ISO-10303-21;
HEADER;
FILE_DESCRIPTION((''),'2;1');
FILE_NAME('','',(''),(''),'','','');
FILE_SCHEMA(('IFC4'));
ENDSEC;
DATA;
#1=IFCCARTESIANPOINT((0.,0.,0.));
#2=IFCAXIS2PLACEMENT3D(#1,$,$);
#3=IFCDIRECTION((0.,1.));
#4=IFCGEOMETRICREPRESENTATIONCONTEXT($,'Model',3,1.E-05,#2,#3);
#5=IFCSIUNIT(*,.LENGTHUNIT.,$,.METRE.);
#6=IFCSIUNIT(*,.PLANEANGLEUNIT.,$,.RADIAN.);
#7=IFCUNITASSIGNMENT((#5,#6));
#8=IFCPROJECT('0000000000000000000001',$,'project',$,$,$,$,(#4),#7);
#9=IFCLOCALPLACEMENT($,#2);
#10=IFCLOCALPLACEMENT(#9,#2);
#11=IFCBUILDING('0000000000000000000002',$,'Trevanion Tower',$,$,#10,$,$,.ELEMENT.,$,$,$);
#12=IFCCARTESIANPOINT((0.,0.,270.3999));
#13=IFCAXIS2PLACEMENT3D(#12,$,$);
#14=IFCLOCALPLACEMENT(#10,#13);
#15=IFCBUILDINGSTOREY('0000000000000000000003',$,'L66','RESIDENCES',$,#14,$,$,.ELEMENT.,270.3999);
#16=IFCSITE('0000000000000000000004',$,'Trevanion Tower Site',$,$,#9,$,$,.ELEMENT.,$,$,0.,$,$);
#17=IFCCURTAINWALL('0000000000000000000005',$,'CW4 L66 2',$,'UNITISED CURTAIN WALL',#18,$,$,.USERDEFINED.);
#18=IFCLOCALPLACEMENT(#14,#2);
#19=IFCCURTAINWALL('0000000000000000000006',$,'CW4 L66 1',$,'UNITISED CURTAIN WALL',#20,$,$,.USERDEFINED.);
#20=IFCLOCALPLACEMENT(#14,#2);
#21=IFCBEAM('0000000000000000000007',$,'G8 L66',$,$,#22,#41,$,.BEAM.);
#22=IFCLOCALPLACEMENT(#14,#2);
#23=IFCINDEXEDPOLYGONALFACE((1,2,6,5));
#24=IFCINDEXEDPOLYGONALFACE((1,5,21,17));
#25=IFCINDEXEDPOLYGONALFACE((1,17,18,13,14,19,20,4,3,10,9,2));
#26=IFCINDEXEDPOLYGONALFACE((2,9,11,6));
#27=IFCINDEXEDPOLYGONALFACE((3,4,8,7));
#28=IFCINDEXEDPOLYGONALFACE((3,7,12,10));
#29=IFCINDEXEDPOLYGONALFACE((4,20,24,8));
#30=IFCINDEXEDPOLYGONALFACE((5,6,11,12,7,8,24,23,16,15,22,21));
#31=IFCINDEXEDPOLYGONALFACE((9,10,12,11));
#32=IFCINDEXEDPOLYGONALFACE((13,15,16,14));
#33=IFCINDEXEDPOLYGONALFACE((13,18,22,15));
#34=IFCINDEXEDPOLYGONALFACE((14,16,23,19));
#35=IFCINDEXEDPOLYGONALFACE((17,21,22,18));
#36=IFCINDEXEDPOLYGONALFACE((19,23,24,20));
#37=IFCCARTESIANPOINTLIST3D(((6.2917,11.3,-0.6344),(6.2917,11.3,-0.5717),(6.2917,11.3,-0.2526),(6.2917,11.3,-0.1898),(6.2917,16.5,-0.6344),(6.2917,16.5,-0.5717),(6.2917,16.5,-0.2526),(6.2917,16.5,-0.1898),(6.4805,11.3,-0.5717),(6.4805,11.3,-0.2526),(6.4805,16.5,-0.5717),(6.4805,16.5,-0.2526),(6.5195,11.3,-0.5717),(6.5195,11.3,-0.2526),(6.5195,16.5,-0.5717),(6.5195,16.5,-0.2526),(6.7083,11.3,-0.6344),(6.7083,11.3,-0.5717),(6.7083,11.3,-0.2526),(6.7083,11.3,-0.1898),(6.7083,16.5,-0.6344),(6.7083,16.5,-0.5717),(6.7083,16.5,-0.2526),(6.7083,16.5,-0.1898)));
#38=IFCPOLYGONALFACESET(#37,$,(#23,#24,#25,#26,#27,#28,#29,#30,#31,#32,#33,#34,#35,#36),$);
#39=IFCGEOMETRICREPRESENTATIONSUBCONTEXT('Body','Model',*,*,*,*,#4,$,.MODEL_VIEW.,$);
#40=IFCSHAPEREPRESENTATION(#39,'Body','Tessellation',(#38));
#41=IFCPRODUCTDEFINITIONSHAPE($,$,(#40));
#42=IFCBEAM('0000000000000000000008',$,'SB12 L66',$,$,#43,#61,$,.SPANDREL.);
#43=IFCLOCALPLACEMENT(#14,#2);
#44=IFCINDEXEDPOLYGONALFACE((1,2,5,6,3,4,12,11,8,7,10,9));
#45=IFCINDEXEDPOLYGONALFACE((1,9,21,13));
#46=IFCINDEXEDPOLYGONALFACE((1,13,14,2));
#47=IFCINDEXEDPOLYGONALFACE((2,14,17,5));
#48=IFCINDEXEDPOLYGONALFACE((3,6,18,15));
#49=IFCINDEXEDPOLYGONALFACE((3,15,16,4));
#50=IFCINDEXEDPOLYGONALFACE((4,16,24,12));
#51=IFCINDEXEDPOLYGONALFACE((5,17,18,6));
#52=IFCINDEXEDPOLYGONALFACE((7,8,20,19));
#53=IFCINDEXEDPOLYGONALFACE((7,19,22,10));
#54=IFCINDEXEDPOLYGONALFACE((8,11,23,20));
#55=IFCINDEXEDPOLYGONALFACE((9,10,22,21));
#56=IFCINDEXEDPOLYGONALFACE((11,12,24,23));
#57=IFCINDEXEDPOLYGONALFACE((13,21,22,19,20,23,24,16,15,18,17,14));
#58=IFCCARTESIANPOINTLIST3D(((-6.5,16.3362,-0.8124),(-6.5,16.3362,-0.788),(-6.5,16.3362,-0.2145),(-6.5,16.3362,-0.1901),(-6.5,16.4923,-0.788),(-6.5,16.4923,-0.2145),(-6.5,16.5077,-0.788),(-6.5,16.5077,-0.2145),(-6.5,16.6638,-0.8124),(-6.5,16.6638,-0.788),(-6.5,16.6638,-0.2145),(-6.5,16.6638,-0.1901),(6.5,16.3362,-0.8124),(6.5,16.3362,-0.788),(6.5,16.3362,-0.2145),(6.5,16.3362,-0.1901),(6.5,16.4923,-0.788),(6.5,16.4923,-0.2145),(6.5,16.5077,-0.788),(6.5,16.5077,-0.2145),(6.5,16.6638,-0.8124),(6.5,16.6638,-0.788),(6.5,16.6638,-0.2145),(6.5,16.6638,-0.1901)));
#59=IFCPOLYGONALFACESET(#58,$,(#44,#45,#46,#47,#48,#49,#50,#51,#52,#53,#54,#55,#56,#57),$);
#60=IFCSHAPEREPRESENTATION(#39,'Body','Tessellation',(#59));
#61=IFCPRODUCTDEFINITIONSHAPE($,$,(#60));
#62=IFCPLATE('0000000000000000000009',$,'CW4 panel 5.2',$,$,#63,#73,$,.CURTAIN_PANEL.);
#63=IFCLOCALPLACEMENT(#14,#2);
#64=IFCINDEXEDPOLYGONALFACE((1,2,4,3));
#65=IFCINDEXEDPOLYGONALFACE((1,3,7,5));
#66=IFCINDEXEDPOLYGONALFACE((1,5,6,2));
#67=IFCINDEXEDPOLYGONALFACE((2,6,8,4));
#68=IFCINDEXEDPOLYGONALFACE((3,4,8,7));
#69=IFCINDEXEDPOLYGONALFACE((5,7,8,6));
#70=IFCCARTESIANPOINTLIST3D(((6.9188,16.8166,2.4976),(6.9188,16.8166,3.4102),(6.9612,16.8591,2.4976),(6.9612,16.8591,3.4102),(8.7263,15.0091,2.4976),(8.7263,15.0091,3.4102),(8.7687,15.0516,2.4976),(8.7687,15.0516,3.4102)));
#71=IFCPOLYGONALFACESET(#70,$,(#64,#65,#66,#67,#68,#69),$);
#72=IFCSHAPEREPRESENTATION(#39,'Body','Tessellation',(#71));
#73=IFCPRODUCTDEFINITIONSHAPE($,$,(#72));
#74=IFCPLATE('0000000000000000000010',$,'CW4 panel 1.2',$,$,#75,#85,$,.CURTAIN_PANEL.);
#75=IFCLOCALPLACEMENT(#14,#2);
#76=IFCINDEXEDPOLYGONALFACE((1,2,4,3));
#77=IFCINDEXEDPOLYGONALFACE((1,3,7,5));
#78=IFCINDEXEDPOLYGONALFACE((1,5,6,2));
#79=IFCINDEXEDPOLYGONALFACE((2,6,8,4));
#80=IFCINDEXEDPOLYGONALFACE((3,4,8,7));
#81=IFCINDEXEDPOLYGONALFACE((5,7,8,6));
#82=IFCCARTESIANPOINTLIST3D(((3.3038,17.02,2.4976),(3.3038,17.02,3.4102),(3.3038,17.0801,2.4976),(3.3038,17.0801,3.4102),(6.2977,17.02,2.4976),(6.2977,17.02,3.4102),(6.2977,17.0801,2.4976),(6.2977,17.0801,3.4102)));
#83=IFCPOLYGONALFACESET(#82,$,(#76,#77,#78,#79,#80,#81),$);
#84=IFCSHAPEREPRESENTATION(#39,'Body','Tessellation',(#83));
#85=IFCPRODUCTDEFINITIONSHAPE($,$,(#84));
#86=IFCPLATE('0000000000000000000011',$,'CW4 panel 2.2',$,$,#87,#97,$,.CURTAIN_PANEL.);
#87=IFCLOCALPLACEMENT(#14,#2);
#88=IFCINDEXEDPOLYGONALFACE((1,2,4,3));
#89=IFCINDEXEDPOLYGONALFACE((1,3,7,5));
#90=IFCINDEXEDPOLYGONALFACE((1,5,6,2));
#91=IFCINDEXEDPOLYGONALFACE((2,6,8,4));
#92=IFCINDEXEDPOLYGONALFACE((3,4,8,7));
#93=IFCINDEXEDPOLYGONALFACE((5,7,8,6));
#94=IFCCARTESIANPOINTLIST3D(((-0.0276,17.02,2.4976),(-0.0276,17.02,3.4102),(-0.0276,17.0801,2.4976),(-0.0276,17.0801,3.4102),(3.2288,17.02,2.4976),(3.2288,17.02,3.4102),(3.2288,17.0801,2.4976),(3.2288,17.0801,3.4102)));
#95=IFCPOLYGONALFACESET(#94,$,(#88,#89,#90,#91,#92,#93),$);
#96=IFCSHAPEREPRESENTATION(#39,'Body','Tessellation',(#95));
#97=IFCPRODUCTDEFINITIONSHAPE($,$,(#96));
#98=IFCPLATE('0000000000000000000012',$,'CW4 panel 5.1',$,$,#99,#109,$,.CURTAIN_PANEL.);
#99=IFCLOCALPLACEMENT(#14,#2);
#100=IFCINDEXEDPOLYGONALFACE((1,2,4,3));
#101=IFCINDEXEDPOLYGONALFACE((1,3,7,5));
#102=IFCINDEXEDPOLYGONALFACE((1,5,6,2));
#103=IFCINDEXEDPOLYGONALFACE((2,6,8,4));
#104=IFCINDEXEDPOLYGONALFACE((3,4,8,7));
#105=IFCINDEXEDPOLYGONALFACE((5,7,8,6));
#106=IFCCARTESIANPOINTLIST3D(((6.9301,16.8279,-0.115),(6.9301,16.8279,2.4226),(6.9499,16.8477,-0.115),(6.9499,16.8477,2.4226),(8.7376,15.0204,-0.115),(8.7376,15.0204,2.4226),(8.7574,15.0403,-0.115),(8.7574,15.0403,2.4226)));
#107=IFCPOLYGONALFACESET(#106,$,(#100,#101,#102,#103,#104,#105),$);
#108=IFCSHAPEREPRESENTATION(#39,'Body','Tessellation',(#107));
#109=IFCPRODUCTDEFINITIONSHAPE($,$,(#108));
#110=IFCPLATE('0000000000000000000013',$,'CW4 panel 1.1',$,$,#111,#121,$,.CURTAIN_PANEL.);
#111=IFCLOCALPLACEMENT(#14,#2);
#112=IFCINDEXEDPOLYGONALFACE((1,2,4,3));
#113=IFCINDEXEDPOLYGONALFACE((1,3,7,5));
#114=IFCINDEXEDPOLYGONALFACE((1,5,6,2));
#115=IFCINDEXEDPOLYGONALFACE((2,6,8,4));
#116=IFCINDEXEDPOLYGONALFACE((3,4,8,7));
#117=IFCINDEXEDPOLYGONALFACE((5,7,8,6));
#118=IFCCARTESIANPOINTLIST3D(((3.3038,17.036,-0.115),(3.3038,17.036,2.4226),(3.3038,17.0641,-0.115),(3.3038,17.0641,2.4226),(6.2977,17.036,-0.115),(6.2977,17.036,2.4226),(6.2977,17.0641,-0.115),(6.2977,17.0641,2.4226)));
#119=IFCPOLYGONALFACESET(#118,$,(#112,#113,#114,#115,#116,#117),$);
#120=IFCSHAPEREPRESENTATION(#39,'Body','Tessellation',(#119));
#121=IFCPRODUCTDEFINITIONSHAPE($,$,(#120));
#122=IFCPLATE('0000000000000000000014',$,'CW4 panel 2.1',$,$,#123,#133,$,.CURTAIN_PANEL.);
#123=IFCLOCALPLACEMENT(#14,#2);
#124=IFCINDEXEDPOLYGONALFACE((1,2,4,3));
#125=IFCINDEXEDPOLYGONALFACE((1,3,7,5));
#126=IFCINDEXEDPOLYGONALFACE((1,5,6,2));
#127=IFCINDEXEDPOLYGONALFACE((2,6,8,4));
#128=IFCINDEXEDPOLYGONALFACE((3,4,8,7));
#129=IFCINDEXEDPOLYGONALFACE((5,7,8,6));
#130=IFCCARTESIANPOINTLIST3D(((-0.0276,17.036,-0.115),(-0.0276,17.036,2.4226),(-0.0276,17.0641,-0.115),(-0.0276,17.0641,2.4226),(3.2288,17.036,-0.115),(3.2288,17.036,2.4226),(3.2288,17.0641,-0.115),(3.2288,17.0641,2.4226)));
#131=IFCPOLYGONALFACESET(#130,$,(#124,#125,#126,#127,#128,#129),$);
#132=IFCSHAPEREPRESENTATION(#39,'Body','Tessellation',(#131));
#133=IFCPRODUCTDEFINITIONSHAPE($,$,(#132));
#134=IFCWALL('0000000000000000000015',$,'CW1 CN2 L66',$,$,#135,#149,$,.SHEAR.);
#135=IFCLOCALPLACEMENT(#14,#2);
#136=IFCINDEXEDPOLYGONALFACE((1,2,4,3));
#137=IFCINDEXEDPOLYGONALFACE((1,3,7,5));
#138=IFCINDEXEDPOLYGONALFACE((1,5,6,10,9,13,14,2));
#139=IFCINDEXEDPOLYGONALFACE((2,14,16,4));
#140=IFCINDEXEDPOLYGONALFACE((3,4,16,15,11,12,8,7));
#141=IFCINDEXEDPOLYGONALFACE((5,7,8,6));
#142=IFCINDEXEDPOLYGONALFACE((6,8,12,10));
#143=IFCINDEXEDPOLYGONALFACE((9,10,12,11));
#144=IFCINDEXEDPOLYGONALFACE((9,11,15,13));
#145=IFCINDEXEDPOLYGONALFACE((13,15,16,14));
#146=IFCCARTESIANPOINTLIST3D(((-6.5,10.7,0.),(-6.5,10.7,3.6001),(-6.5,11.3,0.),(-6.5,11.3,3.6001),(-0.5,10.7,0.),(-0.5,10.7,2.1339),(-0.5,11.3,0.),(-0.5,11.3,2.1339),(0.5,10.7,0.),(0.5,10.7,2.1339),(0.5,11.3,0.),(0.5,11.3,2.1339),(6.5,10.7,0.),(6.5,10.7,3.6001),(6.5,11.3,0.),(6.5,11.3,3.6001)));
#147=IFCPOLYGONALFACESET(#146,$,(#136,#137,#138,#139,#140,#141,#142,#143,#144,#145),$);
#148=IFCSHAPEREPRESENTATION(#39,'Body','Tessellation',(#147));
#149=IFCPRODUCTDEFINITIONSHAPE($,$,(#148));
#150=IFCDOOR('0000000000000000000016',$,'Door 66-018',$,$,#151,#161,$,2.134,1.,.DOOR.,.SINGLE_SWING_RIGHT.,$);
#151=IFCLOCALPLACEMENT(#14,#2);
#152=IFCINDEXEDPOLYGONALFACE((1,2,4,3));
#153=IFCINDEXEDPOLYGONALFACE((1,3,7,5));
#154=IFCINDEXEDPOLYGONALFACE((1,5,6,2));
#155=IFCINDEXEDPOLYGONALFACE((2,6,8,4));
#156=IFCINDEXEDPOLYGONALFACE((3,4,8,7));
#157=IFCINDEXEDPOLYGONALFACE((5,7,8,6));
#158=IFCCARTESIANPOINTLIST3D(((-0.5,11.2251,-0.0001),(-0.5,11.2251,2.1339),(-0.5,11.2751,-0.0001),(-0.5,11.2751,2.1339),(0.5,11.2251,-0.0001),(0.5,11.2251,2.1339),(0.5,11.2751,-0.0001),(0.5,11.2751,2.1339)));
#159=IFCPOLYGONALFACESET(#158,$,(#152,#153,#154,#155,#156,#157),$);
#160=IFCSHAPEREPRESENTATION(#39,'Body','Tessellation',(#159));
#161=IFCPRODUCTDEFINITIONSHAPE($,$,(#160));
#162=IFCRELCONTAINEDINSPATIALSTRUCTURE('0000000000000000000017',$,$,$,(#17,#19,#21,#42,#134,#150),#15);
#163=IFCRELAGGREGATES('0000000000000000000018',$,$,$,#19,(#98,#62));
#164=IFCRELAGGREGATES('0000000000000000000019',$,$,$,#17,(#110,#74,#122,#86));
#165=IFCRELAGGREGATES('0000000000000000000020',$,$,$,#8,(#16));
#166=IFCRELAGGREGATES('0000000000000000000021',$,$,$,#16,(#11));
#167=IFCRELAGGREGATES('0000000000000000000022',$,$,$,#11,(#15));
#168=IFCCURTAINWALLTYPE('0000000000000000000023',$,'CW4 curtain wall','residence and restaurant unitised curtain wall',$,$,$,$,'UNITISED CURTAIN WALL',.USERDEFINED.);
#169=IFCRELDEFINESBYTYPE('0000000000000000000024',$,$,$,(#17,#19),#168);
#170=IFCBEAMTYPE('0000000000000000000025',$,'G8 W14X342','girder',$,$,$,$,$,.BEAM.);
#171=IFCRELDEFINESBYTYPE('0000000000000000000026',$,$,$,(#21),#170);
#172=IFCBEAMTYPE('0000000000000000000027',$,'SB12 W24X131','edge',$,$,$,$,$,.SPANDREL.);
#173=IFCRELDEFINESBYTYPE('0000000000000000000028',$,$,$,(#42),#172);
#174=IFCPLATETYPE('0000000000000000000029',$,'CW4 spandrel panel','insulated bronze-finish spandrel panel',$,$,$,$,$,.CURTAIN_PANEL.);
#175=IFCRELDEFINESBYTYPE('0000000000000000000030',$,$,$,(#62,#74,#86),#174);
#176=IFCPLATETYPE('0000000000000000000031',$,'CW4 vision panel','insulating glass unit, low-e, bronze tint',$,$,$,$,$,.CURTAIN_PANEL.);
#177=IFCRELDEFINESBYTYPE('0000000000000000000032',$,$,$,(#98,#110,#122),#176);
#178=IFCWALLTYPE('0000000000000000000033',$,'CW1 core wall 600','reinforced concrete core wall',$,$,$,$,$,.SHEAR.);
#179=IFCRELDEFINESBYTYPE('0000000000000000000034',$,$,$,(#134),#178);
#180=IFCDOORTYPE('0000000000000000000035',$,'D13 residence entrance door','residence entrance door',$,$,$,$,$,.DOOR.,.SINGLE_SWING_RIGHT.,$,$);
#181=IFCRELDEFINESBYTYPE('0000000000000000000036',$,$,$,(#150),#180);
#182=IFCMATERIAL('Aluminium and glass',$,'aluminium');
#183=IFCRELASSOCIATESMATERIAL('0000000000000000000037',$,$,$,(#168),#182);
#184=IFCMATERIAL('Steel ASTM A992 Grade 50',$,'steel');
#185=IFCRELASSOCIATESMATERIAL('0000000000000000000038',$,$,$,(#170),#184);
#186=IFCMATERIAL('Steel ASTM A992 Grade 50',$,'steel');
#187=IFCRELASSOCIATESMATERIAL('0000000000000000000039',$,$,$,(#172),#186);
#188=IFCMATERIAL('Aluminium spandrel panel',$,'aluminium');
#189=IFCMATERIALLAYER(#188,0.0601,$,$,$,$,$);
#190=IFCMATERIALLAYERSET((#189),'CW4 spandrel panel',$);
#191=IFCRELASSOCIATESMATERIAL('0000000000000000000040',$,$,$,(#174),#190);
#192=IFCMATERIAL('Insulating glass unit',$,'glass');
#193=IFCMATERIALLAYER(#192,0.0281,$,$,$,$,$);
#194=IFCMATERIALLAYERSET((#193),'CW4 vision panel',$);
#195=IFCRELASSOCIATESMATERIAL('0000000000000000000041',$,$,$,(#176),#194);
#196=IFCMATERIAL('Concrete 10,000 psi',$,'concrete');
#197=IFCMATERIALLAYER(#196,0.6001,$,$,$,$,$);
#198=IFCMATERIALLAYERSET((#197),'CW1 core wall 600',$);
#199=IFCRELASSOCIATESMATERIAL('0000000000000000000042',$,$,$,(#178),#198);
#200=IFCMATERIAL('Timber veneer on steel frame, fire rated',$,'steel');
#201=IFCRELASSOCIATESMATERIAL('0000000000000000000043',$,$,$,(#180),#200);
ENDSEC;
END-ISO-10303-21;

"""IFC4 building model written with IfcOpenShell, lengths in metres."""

from ifc_helpers import new_model, si_unit, direction, frame, frame_2d, origin, origin_2d, place, context, subcontext, project, spatial, rectangle, i_section, extrude, material, layer, layer_set, material_profile, profile_set, type_object, element, fill, aggregate, save


model = new_model("IFC4")

# Units and contexts
model_context = context("Model", 3, precision=1e-05, world=origin(), true_north=direction((0.0, 1.0)))
body_context = subcontext(model_context, "Body", "Model", "MODEL_VIEW")
ifc_project = project(units=[si_unit("LENGTHUNIT", "METRE"), si_unit("PLANEANGLEUNIT", "RADIAN")], contexts=[model_context])

# Site, building, storey
site_placement = place(None, origin())
site = spatial("IfcSite", under=ifc_project, at=site_placement, Name="Trevanion Tower Site", CompositionType="ELEMENT", RefElevation=0.0)
building_placement = place(site_placement, origin())
building = spatial("IfcBuilding", under=site, at=building_placement, Name="Trevanion Tower", CompositionType="ELEMENT")
storey_placement = place(building_placement, frame((0.0, 0.0, 270.3999)))
storey = spatial("IfcBuildingStorey", under=building, at=storey_placement, Name="L66", Description="RESIDENCES", CompositionType="ELEMENT", Elevation=270.3999)

# Curtain walls
ifc_material_1 = material(Name="Aluminium and glass", Category="aluminium")
curtain_wall_type = type_object("IfcCurtainWallType", Name="CW4 curtain wall", Description="residence and restaurant unitised curtain wall", ElementType="UNITISED CURTAIN WALL", PredefinedType="USERDEFINED", material=ifc_material_1)
curtain_wall_1_placement = place(storey_placement, origin())
curtain_wall_1 = element("IfcCurtainWall", 1, at=curtain_wall_1_placement, inside=storey, type_object=curtain_wall_type, Name="CW4 L66 2", ObjectType="UNITISED CURTAIN WALL", PredefinedType="USERDEFINED")
curtain_wall_2_placement = place(storey_placement, origin())
curtain_wall_2 = element("IfcCurtainWall", 2, at=curtain_wall_2_placement, inside=storey, type_object=curtain_wall_type, Name="CW4 L66 1", ObjectType="UNITISED CURTAIN WALL", PredefinedType="USERDEFINED")

# Beams
ifc_material_2 = material(Name="Steel ASTM A992 Grade 50", Category="steel")
ifc_material_profile_1 = material_profile(ifc_material_2, i_section(OverallWidth=0.4165, OverallDepth=0.4446, WebThickness=0.0391, FlangeThickness=0.0627, at=origin_2d()), Name="W14X342")
ifc_profile_set_1 = profile_set([ifc_material_profile_1], Name="Steel ASTM A992 Grade 50")
beam_type_1 = type_object("IfcBeamType", Name="G8 W14X342", Description="girder", PredefinedType="BEAM", material=ifc_profile_set_1)
beam_1_placement = place(storey_placement, frame((6.5, 11.3, -0.4121), z_axis=(0.0, 1.0, 0.0), x_axis=(-1.0, 0.0, 0.0)))
element("IfcBeam", 3, at=beam_1_placement, inside=storey, type_object=beam_type_1, Name="G8 L66", PredefinedType="BEAM", context=body_context, shape_type="SweptSolid", body=[
    extrude(i_section(OverallWidth=0.4165, OverallDepth=0.4446, WebThickness=0.0391, FlangeThickness=0.0627, at=origin_2d()), origin(), (0.0, 0.0, 1.0), 5.2),
])
ifc_material_3 = material(Name="Steel ASTM A992 Grade 50", Category="steel")
ifc_material_profile_2 = material_profile(ifc_material_3, i_section(OverallWidth=0.3276, OverallDepth=0.6223, WebThickness=0.0154, FlangeThickness=0.0244, at=origin_2d()), Name="W24X131")
ifc_profile_set_2 = profile_set([ifc_material_profile_2], Name="Steel ASTM A992 Grade 50")
beam_type_2 = type_object("IfcBeamType", Name="SB12 W24X131", Description="edge", PredefinedType="SPANDREL", material=ifc_profile_set_2)
beam_2_placement = place(storey_placement, frame((6.5, 16.5, -0.5012), z_axis=(-1.0, 0.0, 0.0), x_axis=(0.0, -1.0, 0.0)))
element("IfcBeam", 4, at=beam_2_placement, inside=storey, type_object=beam_type_2, Name="SB12 L66", PredefinedType="SPANDREL", context=body_context, shape_type="SweptSolid", body=[
    extrude(i_section(OverallWidth=0.3276, OverallDepth=0.6223, WebThickness=0.0154, FlangeThickness=0.0244, at=origin_2d()), origin(), (0.0, 0.0, 1.0), 13.0),
])

# Plates
ifc_material_4 = material(Name="Aluminium spandrel panel", Category="aluminium")
ifc_layer_1 = layer(ifc_material_4, 0.0601)
ifc_layer_set_1 = layer_set([ifc_layer_1], Name="CW4 spandrel panel")
plate_type_1 = type_object("IfcPlateType", Name="CW4 spandrel panel", Description="insulated bronze-finish spandrel panel", PredefinedType="CURTAIN_PANEL", material=ifc_layer_set_1)
plate_1_placement = place(storey_placement, frame((7.8438, 15.9341, 2.4976), z_axis=(0.0, 0.0, 1.0), x_axis=(-0.707107, 0.707107, 0.0)))
plate_1 = element("IfcPlate", 5, at=plate_1_placement, type_object=plate_type_1, Name="CW4 panel 5.2", PredefinedType="CURTAIN_PANEL", context=body_context, shape_type="SweptSolid", body=[
    extrude(rectangle(XDim=2.5562, YDim=0.0601, at=origin_2d()), origin(), (0.0, 0.0, 1.0), 0.9126),
])
plate_2_placement = place(storey_placement, frame((4.8008, 17.05, 2.4976), z_axis=(0.0, 0.0, 1.0), x_axis=(-1.0, 0.0, 0.0)))
plate_2 = element("IfcPlate", 6, at=plate_2_placement, type_object=plate_type_1, Name="CW4 panel 1.2", PredefinedType="CURTAIN_PANEL", context=body_context, shape_type="SweptSolid", body=[
    extrude(rectangle(XDim=2.9939, YDim=0.0601, at=origin_2d()), origin(), (0.0, 0.0, 1.0), 0.9126),
])
plate_3_placement = place(storey_placement, frame((1.6006, 17.05, 2.4976), z_axis=(0.0, 0.0, 1.0), x_axis=(-1.0, 0.0, 0.0)))
plate_3 = element("IfcPlate", 7, at=plate_3_placement, type_object=plate_type_1, Name="CW4 panel 2.2", PredefinedType="CURTAIN_PANEL", context=body_context, shape_type="SweptSolid", body=[
    extrude(rectangle(XDim=3.2563, YDim=0.0601, at=origin_2d()), origin(), (0.0, 0.0, 1.0), 0.9126),
])
ifc_material_5 = material(Name="Insulating glass unit", Category="glass")
ifc_layer_2 = layer(ifc_material_5, 0.0281)
ifc_layer_set_2 = layer_set([ifc_layer_2], Name="CW4 vision panel")
plate_type_2 = type_object("IfcPlateType", Name="CW4 vision panel", Description="insulating glass unit, low-e, bronze tint", PredefinedType="CURTAIN_PANEL", material=ifc_layer_set_2)
plate_4_placement = place(storey_placement, frame((7.8438, 15.9341, -0.115), z_axis=(0.0, 0.0, 1.0), x_axis=(-0.707107, 0.707107, 0.0)))
plate_4 = element("IfcPlate", 8, at=plate_4_placement, type_object=plate_type_2, Name="CW4 panel 5.1", PredefinedType="CURTAIN_PANEL", context=body_context, shape_type="SweptSolid", body=[
    extrude(rectangle(XDim=2.5562, YDim=0.0281, at=origin_2d()), origin(), (0.0, 0.0, 1.0), 2.5376),
])
aggregate(curtain_wall_2, [plate_4, plate_1])
plate_5_placement = place(storey_placement, frame((4.8008, 17.05, -0.115), z_axis=(0.0, 0.0, 1.0), x_axis=(-1.0, 0.0, 0.0)))
plate_5 = element("IfcPlate", 9, at=plate_5_placement, type_object=plate_type_2, Name="CW4 panel 1.1", PredefinedType="CURTAIN_PANEL", context=body_context, shape_type="SweptSolid", body=[
    extrude(rectangle(XDim=2.9939, YDim=0.0281, at=origin_2d()), origin(), (0.0, 0.0, 1.0), 2.5376),
])
plate_6_placement = place(storey_placement, frame((1.6006, 17.05, -0.115), z_axis=(0.0, 0.0, 1.0), x_axis=(-1.0, 0.0, 0.0)))
plate_6 = element("IfcPlate", 10, at=plate_6_placement, type_object=plate_type_2, Name="CW4 panel 2.1", PredefinedType="CURTAIN_PANEL", context=body_context, shape_type="SweptSolid", body=[
    extrude(rectangle(XDim=3.2563, YDim=0.0281, at=origin_2d()), origin(), (0.0, 0.0, 1.0), 2.5376),
])
aggregate(curtain_wall_1, [plate_5, plate_2, plate_6, plate_3])

# Wall, opening, door
ifc_material_6 = material(Name="Concrete 10,000 psi", Category="concrete")
ifc_layer_3 = layer(ifc_material_6, 0.6001)
ifc_layer_set_3 = layer_set([ifc_layer_3], Name="CW1 core wall 600")
wall_type_1 = type_object("IfcWallType", Name="CW1 core wall 600", Description="reinforced concrete core wall", PredefinedType="SHEAR", material=ifc_layer_set_3)
wall_1_placement = place(storey_placement, frame((6.5, 11.0, 0.0), z_axis=(0.0, 0.0, 1.0), x_axis=(-1.0, 0.0, 0.0)))
wall_1 = element("IfcWall", 11, at=wall_1_placement, inside=storey, type_object=wall_type_1, Name="CW1 CN2 L66", PredefinedType="SHEAR", context=body_context, shape_type="SweptSolid", body=[
    extrude(rectangle(XDim=13.0, YDim=0.6001, at=frame_2d((6.5, 0.0))), origin(), (0.0, 0.0, 1.0), 3.6001),
])
opening_1_placement = place(wall_1_placement, frame((6.0, 0.0, 0.0)))
opening_1 = element("IfcOpeningElement", 12, at=opening_1_placement, cuts=wall_1, PredefinedType="OPENING", context=body_context, shape_type="SweptSolid", body=[
    extrude(rectangle(XDim=1.0, YDim=2.134, at=frame_2d((0.5, 1.0669))), frame((0.0, 0.3101, 0.0), z_axis=(0.0, -1.0, 0.0), x_axis=(1.0, 0.0, 0.0)), (0.0, 0.0, 1.0), 0.6201),
])
ifc_material_7 = material(Name="Timber veneer on steel frame, fire rated", Category="steel")
door_type_1 = type_object("IfcDoorType", Name="D13 residence entrance door", Description="residence entrance door", OperationType="SINGLE_SWING_RIGHT", PredefinedType="DOOR", material=ifc_material_7)
door_1_placement = place(opening_1_placement, origin())
door_1 = element("IfcDoor", 13, at=door_1_placement, inside=storey, type_object=door_type_1, Name="Door 66-018", OperationType="SINGLE_SWING_RIGHT", OverallHeight=2.134, OverallWidth=1.0, PredefinedType="DOOR", context=body_context, shape_type="SweptSolid", body=[
    extrude(rectangle(XDim=1.0, YDim=2.134, at=frame_2d((0.5, 1.0669))), frame((0.0, -0.2251, 0.0), z_axis=(0.0, -1.0, 0.0), x_axis=(1.0, 0.0, 0.0)), (0.0, 0.0, 1.0), 0.05),
])
fill(opening_1, door_1)

save(model, "model.ifc")
